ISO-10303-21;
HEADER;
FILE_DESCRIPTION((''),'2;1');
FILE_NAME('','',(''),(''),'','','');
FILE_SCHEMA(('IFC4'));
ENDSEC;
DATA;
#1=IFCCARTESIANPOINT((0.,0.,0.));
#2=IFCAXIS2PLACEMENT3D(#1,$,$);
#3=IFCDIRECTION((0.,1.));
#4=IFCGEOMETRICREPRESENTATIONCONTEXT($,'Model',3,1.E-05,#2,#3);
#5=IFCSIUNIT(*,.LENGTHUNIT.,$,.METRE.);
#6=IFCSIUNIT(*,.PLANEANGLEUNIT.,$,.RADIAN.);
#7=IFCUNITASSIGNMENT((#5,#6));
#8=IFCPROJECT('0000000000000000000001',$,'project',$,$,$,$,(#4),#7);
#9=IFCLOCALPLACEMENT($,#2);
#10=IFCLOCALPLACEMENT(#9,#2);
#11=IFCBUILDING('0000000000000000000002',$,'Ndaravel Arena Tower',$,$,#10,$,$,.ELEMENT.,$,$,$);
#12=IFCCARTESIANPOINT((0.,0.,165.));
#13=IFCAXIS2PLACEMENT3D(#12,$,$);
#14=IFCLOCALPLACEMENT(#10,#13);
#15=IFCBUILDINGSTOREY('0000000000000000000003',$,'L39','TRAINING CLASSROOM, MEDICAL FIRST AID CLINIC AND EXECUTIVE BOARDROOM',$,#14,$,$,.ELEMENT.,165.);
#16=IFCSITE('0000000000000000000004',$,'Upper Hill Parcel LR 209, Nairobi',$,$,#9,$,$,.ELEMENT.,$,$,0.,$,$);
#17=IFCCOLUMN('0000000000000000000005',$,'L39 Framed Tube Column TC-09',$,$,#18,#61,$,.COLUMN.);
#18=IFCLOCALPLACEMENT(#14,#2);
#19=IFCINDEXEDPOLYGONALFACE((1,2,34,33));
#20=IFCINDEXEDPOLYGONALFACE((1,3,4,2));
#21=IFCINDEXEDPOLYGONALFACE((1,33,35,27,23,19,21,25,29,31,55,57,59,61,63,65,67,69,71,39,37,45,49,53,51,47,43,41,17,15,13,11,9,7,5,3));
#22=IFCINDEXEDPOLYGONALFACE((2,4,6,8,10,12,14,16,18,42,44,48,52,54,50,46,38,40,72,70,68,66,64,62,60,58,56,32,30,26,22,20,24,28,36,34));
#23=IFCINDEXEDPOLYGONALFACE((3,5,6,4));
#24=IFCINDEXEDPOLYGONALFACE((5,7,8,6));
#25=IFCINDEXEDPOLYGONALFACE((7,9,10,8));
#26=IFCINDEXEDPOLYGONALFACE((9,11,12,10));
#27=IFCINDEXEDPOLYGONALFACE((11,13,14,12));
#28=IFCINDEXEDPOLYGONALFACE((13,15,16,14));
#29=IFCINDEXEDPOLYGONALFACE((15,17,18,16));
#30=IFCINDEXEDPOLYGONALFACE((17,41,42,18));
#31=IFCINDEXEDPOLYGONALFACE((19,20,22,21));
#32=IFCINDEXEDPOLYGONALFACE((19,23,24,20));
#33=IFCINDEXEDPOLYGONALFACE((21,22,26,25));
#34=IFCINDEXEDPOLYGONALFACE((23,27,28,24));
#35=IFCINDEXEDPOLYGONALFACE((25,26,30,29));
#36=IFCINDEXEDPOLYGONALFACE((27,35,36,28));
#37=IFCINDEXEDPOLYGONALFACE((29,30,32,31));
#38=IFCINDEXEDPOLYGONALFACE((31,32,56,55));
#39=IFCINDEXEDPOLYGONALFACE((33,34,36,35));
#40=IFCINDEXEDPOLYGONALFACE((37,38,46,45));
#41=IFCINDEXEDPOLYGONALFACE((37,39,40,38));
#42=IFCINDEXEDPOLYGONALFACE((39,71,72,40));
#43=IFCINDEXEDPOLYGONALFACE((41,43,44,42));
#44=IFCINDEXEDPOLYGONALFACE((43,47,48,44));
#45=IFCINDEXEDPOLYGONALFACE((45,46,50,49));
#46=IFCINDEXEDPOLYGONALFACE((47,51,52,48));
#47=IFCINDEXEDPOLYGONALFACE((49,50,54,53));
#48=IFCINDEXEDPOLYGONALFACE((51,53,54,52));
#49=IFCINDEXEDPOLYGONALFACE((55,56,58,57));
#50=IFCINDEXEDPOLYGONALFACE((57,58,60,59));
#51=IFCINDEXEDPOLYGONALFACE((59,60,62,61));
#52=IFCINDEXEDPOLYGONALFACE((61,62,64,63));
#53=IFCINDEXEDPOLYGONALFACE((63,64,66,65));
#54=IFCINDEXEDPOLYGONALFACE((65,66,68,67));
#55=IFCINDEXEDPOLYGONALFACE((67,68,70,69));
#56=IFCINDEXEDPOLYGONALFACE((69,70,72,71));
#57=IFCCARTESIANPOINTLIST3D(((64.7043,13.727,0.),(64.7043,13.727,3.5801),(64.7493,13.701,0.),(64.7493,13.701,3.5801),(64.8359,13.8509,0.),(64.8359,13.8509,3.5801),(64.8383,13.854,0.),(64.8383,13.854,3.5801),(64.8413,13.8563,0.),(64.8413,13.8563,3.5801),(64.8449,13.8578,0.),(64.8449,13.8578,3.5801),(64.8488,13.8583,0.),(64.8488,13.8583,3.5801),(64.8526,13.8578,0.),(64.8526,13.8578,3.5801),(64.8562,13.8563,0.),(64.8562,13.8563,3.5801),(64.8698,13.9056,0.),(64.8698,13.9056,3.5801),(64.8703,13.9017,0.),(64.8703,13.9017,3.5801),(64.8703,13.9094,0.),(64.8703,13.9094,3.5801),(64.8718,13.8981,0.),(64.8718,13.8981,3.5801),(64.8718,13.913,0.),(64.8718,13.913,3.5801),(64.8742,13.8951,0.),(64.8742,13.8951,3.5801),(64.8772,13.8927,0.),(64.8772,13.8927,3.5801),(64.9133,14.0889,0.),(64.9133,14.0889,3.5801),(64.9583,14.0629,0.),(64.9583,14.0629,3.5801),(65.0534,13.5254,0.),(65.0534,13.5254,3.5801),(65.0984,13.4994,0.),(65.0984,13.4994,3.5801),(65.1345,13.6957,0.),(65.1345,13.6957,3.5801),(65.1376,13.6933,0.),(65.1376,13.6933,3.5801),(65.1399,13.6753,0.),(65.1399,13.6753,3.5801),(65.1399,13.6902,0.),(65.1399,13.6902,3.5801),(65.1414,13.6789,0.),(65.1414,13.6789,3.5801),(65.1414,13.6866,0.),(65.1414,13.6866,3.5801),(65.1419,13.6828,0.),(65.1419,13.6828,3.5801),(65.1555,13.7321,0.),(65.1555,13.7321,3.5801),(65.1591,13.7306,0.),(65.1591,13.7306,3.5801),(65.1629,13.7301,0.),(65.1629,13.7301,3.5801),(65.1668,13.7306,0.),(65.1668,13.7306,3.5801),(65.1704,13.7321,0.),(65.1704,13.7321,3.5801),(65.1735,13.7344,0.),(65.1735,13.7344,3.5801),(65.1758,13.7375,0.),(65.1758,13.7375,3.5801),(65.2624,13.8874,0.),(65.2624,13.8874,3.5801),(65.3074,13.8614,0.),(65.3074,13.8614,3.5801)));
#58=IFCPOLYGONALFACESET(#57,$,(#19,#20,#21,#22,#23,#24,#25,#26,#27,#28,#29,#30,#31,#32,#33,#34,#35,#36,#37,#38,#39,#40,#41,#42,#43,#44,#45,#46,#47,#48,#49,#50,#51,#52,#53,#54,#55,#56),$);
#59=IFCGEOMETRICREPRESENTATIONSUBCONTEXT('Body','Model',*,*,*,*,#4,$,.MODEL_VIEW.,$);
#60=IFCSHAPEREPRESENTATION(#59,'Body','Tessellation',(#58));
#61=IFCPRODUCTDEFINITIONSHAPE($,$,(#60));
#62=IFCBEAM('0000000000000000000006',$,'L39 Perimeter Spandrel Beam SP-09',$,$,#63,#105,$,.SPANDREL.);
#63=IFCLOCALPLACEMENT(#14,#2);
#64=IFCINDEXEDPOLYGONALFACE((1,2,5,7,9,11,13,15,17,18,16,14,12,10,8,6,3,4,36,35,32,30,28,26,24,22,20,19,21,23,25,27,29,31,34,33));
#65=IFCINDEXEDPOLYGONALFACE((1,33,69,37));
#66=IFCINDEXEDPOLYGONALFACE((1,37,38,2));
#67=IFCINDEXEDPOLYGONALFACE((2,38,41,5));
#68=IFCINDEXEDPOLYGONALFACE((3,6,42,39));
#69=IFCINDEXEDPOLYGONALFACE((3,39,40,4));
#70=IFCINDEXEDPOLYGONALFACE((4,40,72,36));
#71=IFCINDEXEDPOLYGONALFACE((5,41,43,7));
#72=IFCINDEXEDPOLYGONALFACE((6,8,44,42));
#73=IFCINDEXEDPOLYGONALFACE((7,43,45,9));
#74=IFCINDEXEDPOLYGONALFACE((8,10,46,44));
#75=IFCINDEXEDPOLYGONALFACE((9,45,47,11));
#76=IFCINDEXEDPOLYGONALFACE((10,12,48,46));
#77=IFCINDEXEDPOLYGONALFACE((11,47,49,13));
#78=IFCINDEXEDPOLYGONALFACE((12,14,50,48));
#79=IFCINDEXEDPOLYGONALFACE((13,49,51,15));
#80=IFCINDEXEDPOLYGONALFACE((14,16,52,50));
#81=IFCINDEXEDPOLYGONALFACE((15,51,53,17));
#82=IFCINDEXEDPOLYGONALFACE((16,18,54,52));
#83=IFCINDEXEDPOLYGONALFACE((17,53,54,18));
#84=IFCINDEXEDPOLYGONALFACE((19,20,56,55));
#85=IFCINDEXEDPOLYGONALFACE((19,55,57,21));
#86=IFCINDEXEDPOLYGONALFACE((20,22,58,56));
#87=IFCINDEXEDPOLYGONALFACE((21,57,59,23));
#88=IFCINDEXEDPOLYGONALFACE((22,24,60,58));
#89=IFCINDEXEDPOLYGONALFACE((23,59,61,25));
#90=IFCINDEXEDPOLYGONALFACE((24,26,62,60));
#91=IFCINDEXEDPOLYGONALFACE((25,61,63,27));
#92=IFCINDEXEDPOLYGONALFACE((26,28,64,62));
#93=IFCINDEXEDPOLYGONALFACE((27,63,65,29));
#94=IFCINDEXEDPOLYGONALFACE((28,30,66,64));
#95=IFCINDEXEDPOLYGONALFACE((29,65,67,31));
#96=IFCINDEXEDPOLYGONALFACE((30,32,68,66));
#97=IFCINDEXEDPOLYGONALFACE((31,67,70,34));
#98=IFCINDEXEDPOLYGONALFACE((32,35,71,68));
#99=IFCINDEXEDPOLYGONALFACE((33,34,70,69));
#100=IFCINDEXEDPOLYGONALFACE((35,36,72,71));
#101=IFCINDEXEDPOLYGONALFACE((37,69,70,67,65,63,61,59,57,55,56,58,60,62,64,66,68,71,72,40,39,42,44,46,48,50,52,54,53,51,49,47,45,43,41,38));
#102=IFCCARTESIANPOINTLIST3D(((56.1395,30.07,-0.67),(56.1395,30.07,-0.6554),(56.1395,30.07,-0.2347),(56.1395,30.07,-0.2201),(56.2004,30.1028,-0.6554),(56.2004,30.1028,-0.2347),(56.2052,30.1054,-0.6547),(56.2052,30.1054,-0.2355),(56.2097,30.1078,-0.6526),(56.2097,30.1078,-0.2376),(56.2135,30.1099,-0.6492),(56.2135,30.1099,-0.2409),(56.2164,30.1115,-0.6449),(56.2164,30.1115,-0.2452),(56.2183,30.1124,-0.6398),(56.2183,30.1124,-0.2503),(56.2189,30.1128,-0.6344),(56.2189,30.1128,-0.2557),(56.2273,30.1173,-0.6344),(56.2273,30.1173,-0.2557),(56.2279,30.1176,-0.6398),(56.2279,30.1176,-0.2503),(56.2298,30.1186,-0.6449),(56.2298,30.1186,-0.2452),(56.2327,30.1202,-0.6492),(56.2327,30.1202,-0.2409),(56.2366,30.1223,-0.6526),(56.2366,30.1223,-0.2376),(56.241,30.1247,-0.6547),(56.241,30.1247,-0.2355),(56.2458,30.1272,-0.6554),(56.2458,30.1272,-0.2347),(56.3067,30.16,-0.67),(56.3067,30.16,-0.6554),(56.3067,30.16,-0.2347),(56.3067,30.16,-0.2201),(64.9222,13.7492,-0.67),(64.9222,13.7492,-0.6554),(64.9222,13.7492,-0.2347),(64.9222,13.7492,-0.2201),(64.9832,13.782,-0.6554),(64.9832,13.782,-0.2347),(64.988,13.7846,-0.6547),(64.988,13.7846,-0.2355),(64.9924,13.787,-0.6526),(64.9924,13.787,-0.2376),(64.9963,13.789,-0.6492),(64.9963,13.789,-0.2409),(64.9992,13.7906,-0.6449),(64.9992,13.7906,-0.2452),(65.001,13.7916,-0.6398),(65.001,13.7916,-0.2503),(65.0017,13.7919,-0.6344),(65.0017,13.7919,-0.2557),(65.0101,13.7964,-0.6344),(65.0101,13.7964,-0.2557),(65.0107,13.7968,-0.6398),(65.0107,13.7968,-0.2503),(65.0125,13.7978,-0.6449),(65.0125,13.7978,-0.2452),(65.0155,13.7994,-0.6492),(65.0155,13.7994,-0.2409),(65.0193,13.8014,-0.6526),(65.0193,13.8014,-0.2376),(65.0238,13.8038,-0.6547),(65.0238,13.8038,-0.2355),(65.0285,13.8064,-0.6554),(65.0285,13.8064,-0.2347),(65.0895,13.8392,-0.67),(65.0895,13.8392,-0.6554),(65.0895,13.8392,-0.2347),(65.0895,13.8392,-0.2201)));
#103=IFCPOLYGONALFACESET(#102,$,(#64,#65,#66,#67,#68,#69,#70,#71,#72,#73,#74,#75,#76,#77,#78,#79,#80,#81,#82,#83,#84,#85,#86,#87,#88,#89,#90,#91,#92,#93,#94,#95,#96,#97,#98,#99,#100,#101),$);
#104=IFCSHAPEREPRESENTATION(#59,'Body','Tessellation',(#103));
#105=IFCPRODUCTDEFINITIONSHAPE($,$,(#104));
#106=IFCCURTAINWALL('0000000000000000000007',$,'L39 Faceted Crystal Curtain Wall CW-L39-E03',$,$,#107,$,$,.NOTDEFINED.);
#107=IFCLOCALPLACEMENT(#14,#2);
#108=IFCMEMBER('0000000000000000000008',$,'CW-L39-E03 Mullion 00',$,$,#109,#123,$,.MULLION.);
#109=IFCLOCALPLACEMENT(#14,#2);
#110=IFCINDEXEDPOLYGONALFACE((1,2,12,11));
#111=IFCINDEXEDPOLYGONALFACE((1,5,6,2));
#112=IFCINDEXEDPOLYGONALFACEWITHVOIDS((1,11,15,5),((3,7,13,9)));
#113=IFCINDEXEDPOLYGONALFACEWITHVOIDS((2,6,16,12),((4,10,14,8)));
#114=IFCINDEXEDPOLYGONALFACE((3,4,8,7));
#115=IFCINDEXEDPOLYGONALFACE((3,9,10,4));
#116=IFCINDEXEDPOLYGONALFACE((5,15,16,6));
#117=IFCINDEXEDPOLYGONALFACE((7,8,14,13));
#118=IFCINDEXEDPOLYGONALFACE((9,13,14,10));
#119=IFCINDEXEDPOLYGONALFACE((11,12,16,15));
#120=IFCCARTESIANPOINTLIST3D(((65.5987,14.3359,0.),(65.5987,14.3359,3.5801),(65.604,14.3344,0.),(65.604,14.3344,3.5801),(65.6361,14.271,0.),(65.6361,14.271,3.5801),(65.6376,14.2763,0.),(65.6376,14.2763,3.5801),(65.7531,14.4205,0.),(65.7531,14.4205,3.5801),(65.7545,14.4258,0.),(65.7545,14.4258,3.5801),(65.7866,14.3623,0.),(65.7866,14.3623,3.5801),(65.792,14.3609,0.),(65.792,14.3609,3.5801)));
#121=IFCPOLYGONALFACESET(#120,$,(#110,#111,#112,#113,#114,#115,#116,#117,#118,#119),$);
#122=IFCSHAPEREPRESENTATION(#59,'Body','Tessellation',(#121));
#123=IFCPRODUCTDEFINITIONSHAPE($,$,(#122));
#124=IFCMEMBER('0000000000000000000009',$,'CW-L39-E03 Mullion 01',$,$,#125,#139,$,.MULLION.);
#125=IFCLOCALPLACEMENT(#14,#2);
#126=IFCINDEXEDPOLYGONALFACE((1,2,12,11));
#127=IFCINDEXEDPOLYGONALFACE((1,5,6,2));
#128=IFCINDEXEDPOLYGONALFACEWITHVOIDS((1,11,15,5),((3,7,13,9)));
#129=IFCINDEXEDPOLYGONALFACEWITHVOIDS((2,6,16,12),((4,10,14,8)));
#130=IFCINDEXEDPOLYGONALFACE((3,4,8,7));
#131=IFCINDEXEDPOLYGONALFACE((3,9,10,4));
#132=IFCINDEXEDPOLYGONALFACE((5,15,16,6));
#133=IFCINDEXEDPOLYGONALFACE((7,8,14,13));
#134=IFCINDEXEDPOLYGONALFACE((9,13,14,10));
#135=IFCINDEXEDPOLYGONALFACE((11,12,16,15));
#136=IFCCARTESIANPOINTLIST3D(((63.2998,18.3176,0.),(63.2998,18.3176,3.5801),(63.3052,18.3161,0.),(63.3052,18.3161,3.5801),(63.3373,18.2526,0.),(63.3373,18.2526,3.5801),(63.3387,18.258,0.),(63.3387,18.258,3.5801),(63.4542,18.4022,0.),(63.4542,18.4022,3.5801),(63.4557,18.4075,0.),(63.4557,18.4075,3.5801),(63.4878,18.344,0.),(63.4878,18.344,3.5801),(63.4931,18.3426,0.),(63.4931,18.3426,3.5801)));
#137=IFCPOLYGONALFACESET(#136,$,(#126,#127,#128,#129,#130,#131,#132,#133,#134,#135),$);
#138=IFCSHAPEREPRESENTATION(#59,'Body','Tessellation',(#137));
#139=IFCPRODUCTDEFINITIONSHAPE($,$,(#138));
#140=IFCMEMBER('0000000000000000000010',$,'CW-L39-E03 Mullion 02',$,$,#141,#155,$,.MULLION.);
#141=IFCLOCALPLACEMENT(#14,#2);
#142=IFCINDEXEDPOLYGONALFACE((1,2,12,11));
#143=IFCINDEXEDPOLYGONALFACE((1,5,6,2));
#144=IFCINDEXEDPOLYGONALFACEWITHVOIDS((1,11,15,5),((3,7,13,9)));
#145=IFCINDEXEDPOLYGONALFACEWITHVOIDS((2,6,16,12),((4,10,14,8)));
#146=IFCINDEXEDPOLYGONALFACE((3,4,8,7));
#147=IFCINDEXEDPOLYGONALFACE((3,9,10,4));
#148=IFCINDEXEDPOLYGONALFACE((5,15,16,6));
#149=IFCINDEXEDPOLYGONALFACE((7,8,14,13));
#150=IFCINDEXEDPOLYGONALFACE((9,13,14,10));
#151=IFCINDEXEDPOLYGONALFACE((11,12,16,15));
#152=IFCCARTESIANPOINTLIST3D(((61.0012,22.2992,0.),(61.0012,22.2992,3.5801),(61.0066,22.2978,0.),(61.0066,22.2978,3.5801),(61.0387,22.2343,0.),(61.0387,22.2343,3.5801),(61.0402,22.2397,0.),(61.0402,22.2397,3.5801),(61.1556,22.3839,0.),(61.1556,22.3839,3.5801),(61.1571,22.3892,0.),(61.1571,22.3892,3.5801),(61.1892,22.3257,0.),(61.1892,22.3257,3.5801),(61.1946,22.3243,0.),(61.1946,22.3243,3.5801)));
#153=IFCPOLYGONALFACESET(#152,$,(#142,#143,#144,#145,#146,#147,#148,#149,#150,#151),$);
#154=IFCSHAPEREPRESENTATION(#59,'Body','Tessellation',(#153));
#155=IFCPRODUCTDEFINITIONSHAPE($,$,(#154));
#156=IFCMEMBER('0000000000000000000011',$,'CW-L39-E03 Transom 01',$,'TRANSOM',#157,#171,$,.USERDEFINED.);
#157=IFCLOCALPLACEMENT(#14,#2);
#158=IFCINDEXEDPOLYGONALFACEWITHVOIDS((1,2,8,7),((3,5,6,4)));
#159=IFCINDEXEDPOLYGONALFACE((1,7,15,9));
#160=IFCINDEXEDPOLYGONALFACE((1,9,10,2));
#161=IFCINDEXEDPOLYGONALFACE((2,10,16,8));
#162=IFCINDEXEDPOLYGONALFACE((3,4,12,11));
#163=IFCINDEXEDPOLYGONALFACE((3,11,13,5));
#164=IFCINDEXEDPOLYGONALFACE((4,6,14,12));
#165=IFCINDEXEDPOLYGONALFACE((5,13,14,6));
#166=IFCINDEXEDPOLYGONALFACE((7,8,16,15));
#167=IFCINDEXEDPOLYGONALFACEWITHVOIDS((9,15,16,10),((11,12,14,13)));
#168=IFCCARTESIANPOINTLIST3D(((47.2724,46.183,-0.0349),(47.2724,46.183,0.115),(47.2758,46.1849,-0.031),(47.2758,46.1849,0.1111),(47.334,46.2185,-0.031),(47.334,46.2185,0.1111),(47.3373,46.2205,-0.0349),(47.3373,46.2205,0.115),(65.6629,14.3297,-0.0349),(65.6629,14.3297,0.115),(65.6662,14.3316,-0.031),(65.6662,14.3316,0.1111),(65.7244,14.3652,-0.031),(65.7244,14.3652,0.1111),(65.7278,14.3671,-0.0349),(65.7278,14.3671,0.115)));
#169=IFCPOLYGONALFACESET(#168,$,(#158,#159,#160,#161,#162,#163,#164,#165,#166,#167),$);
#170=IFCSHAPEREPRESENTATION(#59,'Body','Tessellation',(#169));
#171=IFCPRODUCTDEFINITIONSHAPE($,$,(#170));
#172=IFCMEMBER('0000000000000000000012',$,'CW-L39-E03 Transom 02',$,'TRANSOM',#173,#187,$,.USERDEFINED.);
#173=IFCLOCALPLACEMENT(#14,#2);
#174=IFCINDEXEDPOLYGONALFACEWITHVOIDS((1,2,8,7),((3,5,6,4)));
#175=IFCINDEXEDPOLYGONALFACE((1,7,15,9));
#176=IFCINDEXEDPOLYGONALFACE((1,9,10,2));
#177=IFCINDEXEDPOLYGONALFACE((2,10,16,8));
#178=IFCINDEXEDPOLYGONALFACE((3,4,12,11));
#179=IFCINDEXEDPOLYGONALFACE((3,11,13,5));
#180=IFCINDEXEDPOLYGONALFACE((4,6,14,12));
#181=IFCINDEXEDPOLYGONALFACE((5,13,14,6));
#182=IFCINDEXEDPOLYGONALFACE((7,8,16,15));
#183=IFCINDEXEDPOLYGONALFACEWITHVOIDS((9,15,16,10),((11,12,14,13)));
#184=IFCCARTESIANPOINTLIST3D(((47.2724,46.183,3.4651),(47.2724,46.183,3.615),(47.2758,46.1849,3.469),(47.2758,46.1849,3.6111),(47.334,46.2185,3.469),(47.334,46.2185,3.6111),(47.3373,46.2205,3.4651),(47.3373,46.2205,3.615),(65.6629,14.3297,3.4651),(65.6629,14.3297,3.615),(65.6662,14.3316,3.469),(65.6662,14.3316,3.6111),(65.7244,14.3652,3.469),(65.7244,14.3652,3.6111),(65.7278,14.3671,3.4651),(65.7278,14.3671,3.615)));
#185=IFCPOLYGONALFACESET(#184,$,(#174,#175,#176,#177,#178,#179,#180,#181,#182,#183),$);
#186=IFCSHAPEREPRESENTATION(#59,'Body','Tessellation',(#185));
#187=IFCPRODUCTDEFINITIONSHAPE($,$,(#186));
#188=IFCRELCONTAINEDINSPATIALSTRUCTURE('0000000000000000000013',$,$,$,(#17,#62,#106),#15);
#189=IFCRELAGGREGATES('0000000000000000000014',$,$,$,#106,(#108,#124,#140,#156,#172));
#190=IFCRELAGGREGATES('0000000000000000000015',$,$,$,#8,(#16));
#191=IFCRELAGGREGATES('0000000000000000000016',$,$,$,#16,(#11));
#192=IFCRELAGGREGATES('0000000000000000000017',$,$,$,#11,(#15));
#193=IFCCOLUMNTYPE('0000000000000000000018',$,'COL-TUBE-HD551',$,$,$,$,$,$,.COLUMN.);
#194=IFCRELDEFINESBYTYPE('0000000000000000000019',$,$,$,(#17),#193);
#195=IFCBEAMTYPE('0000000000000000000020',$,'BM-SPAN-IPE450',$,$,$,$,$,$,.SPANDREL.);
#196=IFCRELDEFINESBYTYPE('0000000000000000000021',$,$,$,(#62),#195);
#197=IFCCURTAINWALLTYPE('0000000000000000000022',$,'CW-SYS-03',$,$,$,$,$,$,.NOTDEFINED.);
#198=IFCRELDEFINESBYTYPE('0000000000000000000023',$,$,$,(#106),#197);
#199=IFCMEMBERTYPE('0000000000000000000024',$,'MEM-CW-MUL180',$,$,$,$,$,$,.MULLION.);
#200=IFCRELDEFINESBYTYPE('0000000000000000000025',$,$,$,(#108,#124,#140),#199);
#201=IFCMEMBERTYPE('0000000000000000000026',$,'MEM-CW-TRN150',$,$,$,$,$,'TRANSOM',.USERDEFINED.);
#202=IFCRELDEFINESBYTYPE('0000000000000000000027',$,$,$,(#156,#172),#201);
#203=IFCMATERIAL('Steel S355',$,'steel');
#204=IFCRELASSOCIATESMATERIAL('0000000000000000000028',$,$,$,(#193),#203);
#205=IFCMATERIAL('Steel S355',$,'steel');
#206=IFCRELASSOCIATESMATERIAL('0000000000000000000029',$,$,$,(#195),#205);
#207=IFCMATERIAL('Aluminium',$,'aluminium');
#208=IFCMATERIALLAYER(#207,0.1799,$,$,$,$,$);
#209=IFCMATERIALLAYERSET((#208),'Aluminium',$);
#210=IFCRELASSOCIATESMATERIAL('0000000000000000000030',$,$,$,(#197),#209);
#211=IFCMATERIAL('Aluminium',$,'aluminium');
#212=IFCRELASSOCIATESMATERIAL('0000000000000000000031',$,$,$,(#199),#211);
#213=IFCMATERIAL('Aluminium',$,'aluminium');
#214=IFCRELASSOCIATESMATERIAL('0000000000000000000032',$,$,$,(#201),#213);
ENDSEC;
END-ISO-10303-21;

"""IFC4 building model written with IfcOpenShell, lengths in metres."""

from ifc_helpers import new_model, si_unit, direction, frame, origin, origin_2d, place, context, subcontext, project, spatial, hollow_rectangle, i_section, extrude, material, layer, layer_set, material_profile, profile_set, type_object, element, aggregate, save


model = new_model("IFC4")

# Units and contexts
model_context = context("Model", 3, precision=1e-05, world=origin(), true_north=direction((0.0, 1.0)))
body_context = subcontext(model_context, "Body", "Model", "MODEL_VIEW")
ifc_project = project(units=[si_unit("LENGTHUNIT", "METRE"), si_unit("PLANEANGLEUNIT", "RADIAN")], contexts=[model_context])

# Site, building, storey
site_placement = place(None, origin())
site = spatial("IfcSite", under=ifc_project, at=site_placement, Name="Upper Hill Parcel LR 209, Nairobi", CompositionType="ELEMENT", RefElevation=0.0)
building_placement = place(site_placement, origin())
building = spatial("IfcBuilding", under=site, at=building_placement, Name="Ndaravel Arena Tower", CompositionType="ELEMENT")
storey_placement = place(building_placement, frame((0.0, 0.0, 165.0)))
storey = spatial("IfcBuildingStorey", under=building, at=storey_placement, Name="L39", Description="TRAINING CLASSROOM, MEDICAL FIRST AID CLINIC AND EXECUTIVE BOARDROOM", CompositionType="ELEMENT", Elevation=165.0)

# Column
ifc_material_1 = material(Name="Steel S355", Category="steel")
ifc_material_profile_1 = material_profile(ifc_material_1, i_section(OverallWidth=0.418, OverallDepth=0.4551, WebThickness=0.042, FlangeThickness=0.052, FilletRadius=0.0149, at=origin_2d()), Name="HD 400x551")
ifc_profile_set_1 = profile_set([ifc_material_profile_1], Name="Steel S355")
column_type = type_object("IfcColumnType", Name="COL-TUBE-HD551", PredefinedType="COLUMN", material=ifc_profile_set_1)
column_placement = place(storey_placement, frame((65.0059, 13.7942, 0.0), z_axis=(0.0, 0.0, 1.0), x_axis=(0.5, 0.866025, 0.0)))
element("IfcColumn", 1, at=column_placement, inside=storey, type_object=column_type, Name="L39 Framed Tube Column TC-09", PredefinedType="COLUMN", context=body_context, shape_type="SweptSolid", body=[
    extrude(i_section(OverallWidth=0.418, OverallDepth=0.4551, WebThickness=0.042, FlangeThickness=0.052, FilletRadius=0.0149, at=origin_2d()), origin(), (0.0, 0.0, 1.0), 3.5801),
])

# Beam
ifc_material_2 = material(Name="Steel S355", Category="steel")
ifc_material_profile_2 = material_profile(ifc_material_2, i_section(OverallWidth=0.1899, OverallDepth=0.45, WebThickness=0.0095, FlangeThickness=0.0146, FilletRadius=0.021, at=origin_2d()), Name="IPE 450")
ifc_profile_set_2 = profile_set([ifc_material_profile_2], Name="Steel S355")
beam_type = type_object("IfcBeamType", Name="BM-SPAN-IPE450", PredefinedType="SPANDREL", material=ifc_profile_set_2)
beam_placement = place(storey_placement, frame((65.0059, 13.7942, -0.4451), z_axis=(-0.473874, 0.880593, 0.0), x_axis=(-0.880593, -0.473874, 0.0)))
element("IfcBeam", 2, at=beam_placement, inside=storey, type_object=beam_type, Name="L39 Perimeter Spandrel Beam SP-09", PredefinedType="SPANDREL", context=body_context, shape_type="SweptSolid", body=[
    extrude(i_section(OverallWidth=0.1899, OverallDepth=0.45, WebThickness=0.0095, FlangeThickness=0.0146, FilletRadius=0.021, at=origin_2d()), origin(), (0.0, 0.0, 1.0), 18.5339),
])

# Curtain wall, members
ifc_material_3 = material(Name="Aluminium", Category="aluminium")
ifc_layer_1 = layer(ifc_material_3, 0.1799)
ifc_layer_set_1 = layer_set([ifc_layer_1], Name="Aluminium")
curtain_wall_type = type_object("IfcCurtainWallType", Name="CW-SYS-03", PredefinedType="NOTDEFINED", material=ifc_layer_set_1)
curtain_wall_placement = place(storey_placement, origin())
curtain_wall = element("IfcCurtainWall", 3, at=curtain_wall_placement, inside=storey, type_object=curtain_wall_type, Name="L39 Faceted Crystal Curtain Wall CW-L39-E03", PredefinedType="NOTDEFINED")
ifc_material_4 = material(Name="Aluminium", Category="aluminium")
ifc_material_profile_3 = material_profile(ifc_material_4, hollow_rectangle(XDim=0.075, YDim=0.1799, WallThickness=0.0039, at=origin_2d()), Name="CW MULLION 75x180x4")
ifc_profile_set_3 = profile_set([ifc_material_profile_3], Name="Aluminium")
member_type_1 = type_object("IfcMemberType", Name="MEM-CW-MUL180", PredefinedType="MULLION", material=ifc_profile_set_3)
member_1_placement = place(storey_placement, frame((65.6953, 14.3484, 0.0), z_axis=(0.0, 0.0, 1.0), x_axis=(-0.5, 0.866025, 0.0)))
member_1 = element("IfcMember", 4, at=member_1_placement, type_object=member_type_1, Name="CW-L39-E03 Mullion 00", PredefinedType="MULLION", context=body_context, shape_type="SweptSolid", body=[
    extrude(hollow_rectangle(XDim=0.075, YDim=0.1799, WallThickness=0.0039, at=origin_2d()), origin(), (0.0, 0.0, 1.0), 3.5801),
])
member_2_placement = place(storey_placement, frame((63.3965, 18.3301, 0.0), z_axis=(0.0, 0.0, 1.0), x_axis=(-0.5, 0.866025, 0.0)))
member_2 = element("IfcMember", 5, at=member_2_placement, type_object=member_type_1, Name="CW-L39-E03 Mullion 01", PredefinedType="MULLION", context=body_context, shape_type="SweptSolid", body=[
    extrude(hollow_rectangle(XDim=0.075, YDim=0.1799, WallThickness=0.0039, at=origin_2d()), origin(), (0.0, 0.0, 1.0), 3.5801),
])
member_3_placement = place(storey_placement, frame((61.0979, 22.3118, 0.0), z_axis=(0.0, 0.0, 1.0), x_axis=(-0.5, 0.866025, 0.0)))
member_3 = element("IfcMember", 6, at=member_3_placement, type_object=member_type_1, Name="CW-L39-E03 Mullion 02", PredefinedType="MULLION", context=body_context, shape_type="SweptSolid", body=[
    extrude(hollow_rectangle(XDim=0.075, YDim=0.1799, WallThickness=0.0039, at=origin_2d()), origin(), (0.0, 0.0, 1.0), 3.5801),
])
ifc_material_5 = material(Name="Aluminium", Category="aluminium")
ifc_material_profile_4 = material_profile(ifc_material_5, hollow_rectangle(XDim=0.075, YDim=0.1499, WallThickness=0.0039, at=origin_2d()), Name="CW TRANSOM 75x150x4")
ifc_profile_set_4 = profile_set([ifc_material_profile_4], Name="Aluminium")
member_type_2 = type_object("IfcMemberType", Name="MEM-CW-TRN150", ElementType="TRANSOM", PredefinedType="USERDEFINED", material=ifc_profile_set_4)
member_4_placement = place(storey_placement, frame((65.6953, 14.3484, 0.04), z_axis=(-0.499998, 0.866027, 0.0), x_axis=(-0.866027, -0.499998, 0.0)))
member_4 = element("IfcMember", 7, at=member_4_placement, type_object=member_type_2, Name="CW-L39-E03 Transom 01", ObjectType="TRANSOM", PredefinedType="USERDEFINED", context=body_context, shape_type="SweptSolid", body=[
    extrude(hollow_rectangle(XDim=0.075, YDim=0.1499, WallThickness=0.0039, at=origin_2d()), origin(), (0.0, 0.0, 1.0), 36.781),
])
member_5_placement = place(storey_placement, frame((65.6953, 14.3484, 3.54), z_axis=(-0.499998, 0.866027, 0.0), x_axis=(-0.866027, -0.499998, 0.0)))
member_5 = element("IfcMember", 8, at=member_5_placement, type_object=member_type_2, Name="CW-L39-E03 Transom 02", ObjectType="TRANSOM", PredefinedType="USERDEFINED", context=body_context, shape_type="SweptSolid", body=[
    extrude(hollow_rectangle(XDim=0.075, YDim=0.1499, WallThickness=0.0039, at=origin_2d()), origin(), (0.0, 0.0, 1.0), 36.781),
])
aggregate(curtain_wall, [member_1, member_2, member_3, member_4, member_5])

save(model, "model.ifc")
